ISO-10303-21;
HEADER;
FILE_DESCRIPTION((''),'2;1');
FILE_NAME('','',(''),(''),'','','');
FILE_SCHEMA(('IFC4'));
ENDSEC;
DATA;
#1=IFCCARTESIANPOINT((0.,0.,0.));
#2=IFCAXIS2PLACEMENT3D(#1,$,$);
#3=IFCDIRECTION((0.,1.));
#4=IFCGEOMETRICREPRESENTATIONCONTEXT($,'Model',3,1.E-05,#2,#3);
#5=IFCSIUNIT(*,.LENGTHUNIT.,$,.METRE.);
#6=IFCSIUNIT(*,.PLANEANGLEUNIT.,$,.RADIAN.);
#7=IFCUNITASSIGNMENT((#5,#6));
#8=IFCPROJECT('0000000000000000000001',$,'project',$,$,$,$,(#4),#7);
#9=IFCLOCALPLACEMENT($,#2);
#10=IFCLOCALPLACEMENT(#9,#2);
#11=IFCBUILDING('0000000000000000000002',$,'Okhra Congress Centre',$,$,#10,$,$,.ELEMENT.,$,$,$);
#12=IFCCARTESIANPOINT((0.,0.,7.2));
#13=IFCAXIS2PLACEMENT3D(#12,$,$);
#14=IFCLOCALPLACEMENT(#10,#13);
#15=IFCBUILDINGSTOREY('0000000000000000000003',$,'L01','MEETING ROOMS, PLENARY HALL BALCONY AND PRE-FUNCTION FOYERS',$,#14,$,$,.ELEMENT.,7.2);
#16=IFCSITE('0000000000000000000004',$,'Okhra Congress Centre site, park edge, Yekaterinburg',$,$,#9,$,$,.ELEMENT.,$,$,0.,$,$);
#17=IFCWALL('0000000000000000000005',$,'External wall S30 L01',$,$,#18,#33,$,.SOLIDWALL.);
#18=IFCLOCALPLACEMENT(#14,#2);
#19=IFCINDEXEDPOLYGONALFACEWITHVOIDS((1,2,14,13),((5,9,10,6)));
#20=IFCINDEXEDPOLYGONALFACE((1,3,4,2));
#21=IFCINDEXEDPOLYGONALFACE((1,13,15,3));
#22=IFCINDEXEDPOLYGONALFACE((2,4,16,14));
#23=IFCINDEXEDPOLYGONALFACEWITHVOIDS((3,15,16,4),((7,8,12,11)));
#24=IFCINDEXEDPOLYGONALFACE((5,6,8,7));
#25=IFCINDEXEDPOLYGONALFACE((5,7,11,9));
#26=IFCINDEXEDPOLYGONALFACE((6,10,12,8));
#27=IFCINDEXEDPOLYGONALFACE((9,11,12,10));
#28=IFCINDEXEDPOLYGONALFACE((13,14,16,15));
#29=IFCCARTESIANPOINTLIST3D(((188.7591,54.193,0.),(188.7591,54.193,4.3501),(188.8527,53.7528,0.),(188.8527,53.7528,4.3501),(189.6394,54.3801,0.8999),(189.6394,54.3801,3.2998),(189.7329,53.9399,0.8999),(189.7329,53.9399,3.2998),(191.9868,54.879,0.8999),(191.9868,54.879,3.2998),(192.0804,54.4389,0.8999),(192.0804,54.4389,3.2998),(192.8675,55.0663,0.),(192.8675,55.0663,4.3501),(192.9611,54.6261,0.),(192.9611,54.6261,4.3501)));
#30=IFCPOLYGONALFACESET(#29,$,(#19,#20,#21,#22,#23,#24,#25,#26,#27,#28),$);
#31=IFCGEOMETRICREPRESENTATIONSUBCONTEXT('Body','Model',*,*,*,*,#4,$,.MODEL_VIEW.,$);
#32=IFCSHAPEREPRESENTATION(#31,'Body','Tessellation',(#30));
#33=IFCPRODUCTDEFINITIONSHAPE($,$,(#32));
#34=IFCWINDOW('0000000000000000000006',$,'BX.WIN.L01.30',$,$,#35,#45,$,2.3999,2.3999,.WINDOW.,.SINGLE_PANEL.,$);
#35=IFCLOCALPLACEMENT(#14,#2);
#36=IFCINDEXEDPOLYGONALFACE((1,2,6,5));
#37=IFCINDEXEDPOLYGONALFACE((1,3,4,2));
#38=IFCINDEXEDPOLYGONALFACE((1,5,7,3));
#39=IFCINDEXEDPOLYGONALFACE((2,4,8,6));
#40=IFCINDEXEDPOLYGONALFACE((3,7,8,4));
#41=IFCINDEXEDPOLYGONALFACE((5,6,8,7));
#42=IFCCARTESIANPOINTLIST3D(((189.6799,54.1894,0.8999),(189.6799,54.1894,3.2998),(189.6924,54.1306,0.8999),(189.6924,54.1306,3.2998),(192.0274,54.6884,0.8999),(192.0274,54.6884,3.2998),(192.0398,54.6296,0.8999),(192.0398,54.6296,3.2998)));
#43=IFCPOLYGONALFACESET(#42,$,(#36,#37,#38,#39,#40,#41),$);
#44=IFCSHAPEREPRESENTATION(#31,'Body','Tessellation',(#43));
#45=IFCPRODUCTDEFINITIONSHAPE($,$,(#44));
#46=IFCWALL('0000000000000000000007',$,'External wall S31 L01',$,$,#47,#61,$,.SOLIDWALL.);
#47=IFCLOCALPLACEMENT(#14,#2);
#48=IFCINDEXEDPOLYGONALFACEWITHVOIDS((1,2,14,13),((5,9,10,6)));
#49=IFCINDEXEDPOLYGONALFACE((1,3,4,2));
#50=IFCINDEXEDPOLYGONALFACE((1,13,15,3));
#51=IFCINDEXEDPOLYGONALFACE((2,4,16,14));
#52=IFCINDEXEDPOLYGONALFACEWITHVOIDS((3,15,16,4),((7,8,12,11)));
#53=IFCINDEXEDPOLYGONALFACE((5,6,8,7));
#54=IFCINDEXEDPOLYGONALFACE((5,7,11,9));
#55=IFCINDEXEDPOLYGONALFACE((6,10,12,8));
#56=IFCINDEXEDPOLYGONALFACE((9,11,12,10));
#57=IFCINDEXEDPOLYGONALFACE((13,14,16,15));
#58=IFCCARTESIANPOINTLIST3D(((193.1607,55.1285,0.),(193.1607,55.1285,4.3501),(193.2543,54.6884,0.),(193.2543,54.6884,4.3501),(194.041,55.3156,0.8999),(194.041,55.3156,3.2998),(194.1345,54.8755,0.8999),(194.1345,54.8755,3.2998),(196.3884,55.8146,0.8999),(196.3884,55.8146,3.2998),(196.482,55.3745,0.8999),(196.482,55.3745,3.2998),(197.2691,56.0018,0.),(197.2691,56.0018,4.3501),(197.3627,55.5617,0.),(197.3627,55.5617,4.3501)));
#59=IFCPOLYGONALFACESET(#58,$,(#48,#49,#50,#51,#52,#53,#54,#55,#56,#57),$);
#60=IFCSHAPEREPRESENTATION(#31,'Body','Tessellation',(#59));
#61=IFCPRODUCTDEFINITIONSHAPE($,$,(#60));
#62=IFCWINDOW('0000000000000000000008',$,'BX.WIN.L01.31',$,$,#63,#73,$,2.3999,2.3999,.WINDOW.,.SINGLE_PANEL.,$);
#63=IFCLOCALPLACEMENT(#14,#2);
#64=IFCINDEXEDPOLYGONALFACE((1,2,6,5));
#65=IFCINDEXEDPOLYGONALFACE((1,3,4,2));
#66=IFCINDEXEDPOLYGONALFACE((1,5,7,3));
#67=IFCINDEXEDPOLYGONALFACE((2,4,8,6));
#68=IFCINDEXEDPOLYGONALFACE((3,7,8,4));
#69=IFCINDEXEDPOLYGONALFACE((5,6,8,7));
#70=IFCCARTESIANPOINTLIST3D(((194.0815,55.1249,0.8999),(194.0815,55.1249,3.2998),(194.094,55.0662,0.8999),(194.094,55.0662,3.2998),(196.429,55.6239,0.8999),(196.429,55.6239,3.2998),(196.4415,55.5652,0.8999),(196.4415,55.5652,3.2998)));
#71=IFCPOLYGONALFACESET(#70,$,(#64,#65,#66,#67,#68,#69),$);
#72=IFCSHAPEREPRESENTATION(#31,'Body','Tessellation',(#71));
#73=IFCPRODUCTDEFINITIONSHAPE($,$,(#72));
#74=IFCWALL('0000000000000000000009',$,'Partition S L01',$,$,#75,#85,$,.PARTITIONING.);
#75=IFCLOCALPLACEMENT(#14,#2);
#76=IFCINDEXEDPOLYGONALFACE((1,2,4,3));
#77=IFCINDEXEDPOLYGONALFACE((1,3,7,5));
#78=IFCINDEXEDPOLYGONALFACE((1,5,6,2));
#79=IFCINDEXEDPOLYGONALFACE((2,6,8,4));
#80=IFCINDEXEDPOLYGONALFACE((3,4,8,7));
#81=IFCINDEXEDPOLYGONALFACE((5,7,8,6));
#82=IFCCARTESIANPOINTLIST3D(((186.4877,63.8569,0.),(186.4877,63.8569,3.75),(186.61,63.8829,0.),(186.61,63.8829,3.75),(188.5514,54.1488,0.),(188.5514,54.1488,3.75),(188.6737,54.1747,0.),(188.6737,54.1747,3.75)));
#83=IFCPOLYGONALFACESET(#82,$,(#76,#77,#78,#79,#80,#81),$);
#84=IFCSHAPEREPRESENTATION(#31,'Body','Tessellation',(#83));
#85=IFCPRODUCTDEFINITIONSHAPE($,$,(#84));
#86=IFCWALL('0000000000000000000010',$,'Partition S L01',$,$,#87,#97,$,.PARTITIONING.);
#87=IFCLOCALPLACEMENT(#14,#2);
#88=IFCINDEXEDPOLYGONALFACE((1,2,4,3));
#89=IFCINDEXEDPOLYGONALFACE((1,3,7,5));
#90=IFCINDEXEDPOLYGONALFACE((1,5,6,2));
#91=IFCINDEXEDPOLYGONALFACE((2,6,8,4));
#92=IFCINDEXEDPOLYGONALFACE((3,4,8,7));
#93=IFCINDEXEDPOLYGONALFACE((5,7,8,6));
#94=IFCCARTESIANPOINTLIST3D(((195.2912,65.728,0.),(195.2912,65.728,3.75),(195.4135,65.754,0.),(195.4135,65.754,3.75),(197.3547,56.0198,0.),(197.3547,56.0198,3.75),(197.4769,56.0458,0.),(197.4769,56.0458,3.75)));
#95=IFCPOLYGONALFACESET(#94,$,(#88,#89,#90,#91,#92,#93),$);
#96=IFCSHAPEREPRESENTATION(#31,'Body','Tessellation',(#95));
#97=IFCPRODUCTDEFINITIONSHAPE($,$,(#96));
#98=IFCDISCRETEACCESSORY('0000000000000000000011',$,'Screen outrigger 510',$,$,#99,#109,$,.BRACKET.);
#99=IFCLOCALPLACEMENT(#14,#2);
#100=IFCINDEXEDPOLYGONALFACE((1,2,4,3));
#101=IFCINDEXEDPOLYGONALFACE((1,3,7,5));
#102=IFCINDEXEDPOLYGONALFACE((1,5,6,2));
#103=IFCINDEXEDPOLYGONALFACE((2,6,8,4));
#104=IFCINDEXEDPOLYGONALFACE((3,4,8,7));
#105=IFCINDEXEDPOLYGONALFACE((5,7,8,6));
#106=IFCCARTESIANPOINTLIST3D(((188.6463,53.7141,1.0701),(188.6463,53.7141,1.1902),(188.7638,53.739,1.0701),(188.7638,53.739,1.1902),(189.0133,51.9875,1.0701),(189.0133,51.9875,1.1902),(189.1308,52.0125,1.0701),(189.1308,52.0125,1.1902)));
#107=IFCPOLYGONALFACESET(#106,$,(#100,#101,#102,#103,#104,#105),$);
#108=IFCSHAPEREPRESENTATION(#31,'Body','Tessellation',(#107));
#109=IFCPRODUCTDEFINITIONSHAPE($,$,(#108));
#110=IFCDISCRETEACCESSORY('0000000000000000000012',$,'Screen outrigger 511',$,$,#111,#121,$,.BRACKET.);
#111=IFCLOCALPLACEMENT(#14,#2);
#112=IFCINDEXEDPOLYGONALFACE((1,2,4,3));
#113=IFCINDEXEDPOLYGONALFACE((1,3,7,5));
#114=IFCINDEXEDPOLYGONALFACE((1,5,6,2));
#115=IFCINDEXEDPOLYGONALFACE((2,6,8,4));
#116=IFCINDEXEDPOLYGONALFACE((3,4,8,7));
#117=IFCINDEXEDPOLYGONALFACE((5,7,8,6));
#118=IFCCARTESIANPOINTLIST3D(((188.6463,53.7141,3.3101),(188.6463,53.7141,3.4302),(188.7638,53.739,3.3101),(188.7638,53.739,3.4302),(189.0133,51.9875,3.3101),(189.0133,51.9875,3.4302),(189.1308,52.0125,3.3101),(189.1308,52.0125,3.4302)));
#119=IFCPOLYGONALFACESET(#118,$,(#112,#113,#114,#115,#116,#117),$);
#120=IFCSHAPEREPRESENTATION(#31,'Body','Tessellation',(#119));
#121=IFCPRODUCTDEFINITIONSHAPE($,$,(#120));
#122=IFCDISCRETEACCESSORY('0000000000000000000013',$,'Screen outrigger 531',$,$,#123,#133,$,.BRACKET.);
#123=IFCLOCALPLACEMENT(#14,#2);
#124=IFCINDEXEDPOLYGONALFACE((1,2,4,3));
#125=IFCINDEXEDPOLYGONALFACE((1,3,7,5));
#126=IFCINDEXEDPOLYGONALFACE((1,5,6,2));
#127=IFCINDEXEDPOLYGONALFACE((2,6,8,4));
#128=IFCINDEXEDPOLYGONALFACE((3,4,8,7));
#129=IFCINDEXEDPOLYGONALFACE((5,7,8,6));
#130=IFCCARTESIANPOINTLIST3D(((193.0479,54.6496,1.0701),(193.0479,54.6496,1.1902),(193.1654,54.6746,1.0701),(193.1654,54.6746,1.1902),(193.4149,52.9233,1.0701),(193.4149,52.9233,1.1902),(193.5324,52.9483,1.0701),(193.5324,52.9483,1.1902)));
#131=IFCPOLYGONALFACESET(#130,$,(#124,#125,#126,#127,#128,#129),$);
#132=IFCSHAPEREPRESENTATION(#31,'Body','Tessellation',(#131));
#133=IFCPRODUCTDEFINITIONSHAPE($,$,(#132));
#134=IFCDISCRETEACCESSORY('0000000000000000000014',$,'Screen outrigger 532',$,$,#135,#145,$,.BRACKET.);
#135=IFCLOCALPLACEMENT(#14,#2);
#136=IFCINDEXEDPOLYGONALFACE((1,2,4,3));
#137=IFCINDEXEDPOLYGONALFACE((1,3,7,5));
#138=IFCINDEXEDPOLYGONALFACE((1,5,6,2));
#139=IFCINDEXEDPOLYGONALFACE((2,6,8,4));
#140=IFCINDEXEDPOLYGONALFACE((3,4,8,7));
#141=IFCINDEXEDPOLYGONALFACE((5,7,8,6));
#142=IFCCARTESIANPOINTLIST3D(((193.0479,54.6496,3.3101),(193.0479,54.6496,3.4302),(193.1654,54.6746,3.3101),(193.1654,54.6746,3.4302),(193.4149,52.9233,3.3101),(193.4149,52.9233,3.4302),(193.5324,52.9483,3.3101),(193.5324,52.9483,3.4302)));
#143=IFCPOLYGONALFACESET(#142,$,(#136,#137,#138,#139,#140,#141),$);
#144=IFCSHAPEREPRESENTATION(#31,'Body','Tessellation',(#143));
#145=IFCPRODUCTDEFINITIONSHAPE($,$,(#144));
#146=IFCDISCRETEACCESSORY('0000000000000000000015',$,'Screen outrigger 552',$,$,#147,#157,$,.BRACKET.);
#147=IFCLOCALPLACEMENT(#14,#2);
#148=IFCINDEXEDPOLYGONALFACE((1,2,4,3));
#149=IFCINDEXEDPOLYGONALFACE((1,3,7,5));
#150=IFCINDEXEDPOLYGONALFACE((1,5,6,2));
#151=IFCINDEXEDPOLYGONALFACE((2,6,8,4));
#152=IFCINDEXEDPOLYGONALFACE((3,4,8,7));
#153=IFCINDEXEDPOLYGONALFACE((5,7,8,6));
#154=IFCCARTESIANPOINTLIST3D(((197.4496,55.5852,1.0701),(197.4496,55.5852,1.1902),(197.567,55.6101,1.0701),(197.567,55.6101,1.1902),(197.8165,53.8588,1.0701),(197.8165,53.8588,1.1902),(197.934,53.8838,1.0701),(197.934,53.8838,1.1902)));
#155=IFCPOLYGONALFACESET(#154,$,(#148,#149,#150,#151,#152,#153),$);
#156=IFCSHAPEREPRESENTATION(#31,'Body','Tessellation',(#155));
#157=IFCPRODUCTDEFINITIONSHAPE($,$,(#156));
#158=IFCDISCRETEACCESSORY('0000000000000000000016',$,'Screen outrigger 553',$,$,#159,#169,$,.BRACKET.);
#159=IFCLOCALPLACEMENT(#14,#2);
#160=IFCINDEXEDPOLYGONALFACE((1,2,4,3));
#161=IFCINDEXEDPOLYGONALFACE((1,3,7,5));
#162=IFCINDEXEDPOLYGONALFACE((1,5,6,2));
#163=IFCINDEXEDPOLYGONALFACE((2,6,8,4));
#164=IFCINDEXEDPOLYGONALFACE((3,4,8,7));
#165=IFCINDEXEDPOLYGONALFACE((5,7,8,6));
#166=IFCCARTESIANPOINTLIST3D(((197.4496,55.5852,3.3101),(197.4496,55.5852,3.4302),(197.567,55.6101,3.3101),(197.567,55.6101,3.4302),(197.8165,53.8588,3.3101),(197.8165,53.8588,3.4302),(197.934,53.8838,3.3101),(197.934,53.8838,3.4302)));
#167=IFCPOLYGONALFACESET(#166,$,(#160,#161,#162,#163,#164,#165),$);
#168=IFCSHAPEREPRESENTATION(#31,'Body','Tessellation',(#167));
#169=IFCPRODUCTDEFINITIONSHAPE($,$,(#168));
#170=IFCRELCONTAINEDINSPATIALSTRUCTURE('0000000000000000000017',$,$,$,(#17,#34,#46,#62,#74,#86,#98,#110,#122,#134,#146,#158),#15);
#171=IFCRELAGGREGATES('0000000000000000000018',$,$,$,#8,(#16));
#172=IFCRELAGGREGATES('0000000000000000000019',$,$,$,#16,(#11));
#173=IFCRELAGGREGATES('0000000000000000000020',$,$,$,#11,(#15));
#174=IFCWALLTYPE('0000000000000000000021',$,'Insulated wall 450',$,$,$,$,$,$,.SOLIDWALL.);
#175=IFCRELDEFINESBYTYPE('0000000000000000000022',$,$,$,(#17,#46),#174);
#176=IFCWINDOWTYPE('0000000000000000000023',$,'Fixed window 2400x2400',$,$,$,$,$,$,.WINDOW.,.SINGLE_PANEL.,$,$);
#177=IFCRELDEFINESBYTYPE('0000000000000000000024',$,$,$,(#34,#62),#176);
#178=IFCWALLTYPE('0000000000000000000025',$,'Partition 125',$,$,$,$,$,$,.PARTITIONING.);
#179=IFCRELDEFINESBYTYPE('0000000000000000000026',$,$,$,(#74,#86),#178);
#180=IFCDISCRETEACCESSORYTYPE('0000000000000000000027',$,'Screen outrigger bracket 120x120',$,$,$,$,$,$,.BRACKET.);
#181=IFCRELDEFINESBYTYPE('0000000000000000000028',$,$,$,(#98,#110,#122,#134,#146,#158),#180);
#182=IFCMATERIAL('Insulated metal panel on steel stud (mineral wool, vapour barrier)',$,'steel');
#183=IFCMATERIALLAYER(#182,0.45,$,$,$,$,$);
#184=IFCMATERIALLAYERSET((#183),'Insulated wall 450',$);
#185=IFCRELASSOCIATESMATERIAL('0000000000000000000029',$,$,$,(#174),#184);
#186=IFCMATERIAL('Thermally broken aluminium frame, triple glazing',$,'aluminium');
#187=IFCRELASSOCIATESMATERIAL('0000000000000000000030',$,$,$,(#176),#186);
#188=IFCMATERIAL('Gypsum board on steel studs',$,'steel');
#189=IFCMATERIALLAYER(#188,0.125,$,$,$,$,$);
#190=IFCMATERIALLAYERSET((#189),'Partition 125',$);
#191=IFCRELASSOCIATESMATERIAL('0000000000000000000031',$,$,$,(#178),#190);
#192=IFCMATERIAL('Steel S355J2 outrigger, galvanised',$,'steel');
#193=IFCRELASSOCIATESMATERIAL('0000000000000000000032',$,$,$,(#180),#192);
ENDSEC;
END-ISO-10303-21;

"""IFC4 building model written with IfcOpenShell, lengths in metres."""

from ifc_helpers import new_model, si_unit, direction, frame, frame_2d, origin, origin_2d, place, context, subcontext, project, spatial, rectangle, extrude, material, layer, layer_set, material_profile, profile_set, type_object, element, fill, save


model = new_model("IFC4")

# Units and contexts
model_context = context("Model", 3, precision=1e-05, world=origin(), true_north=direction((0.0, 1.0)))
body_context = subcontext(model_context, "Body", "Model", "MODEL_VIEW")
ifc_project = project(units=[si_unit("LENGTHUNIT", "METRE"), si_unit("PLANEANGLEUNIT", "RADIAN")], contexts=[model_context])

# Site, building, storey
site_placement = place(None, origin())
site = spatial("IfcSite", under=ifc_project, at=site_placement, Name="Okhra Congress Centre site, park edge, Yekaterinburg", CompositionType="ELEMENT", RefElevation=0.0)
building_placement = place(site_placement, origin())
building = spatial("IfcBuilding", under=site, at=building_placement, Name="Okhra Congress Centre", CompositionType="ELEMENT")
storey_placement = place(building_placement, frame((0.0, 0.0, 7.2)))
storey = spatial("IfcBuildingStorey", under=building, at=storey_placement, Name="L01", Description="MEETING ROOMS, PLENARY HALL BALCONY AND PRE-FUNCTION FOYERS", CompositionType="ELEMENT", Elevation=7.2)

# Walls, openings, windows
ifc_material_1 = material(Name="Insulated metal panel on steel stud (mineral wool, vapour barrier)", Category="steel")
ifc_layer_1 = layer(ifc_material_1, 0.45)
ifc_layer_set_1 = layer_set([ifc_layer_1], Name="Insulated wall 450")
wall_type_1 = type_object("IfcWallType", Name="Insulated wall 450", PredefinedType="SOLIDWALL", material=ifc_layer_set_1)
wall_1_placement = place(storey_placement, frame((188.8059, 53.9729, 0.0), z_axis=(0.0, 0.0, 1.0), x_axis=(0.978146, 0.207917, 0.0)))
wall_1 = element("IfcWall", 1, at=wall_1_placement, inside=storey, type_object=wall_type_1, Name="External wall S30 L01", PredefinedType="SOLIDWALL", context=body_context, shape_type="SweptSolid", body=[
    extrude(rectangle(XDim=4.2002, YDim=0.45, at=frame_2d((2.1001, 0.0))), origin(), (0.0, 0.0, 1.0), 4.3501),
])
opening_1_placement = place(wall_1_placement, frame((0.8999, 0.0, 0.8999)))
opening_1 = element("IfcOpeningElement", 2, at=opening_1_placement, cuts=wall_1, PredefinedType="OPENING", context=body_context, shape_type="SweptSolid", body=[
    extrude(rectangle(XDim=2.3999, YDim=2.3999, at=frame_2d((1.2, 1.2))), frame((0.0, 0.2349, 0.0), z_axis=(0.0, -1.0, 0.0), x_axis=(1.0, 0.0, 0.0)), (0.0, 0.0, 1.0), 0.47),
])
ifc_material_2 = material(Name="Thermally broken aluminium frame, triple glazing", Category="aluminium")
window_type = type_object("IfcWindowType", Name="Fixed window 2400x2400", PartitioningType="SINGLE_PANEL", PredefinedType="WINDOW", material=ifc_material_2)
window_1_placement = place(opening_1_placement, origin())
window_1 = element("IfcWindow", 3, at=window_1_placement, inside=storey, type_object=window_type, Name="BX.WIN.L01.30", OverallHeight=2.3999, OverallWidth=2.3999, PartitioningType="SINGLE_PANEL", PredefinedType="WINDOW", context=body_context, shape_type="SweptSolid", body=[
    extrude(rectangle(XDim=2.3999, YDim=2.3999, at=frame_2d((1.2, 1.2))), frame((0.0, 0.03, 0.0), z_axis=(0.0, -1.0, 0.0), x_axis=(1.0, 0.0, 0.0)), (0.0, 0.0, 1.0), 0.0601),
])
fill(opening_1, window_1)
wall_2_placement = place(storey_placement, frame((193.2075, 54.9084, 0.0), z_axis=(0.0, 0.0, 1.0), x_axis=(0.978146, 0.207917, 0.0)))
wall_2 = element("IfcWall", 4, at=wall_2_placement, inside=storey, type_object=wall_type_1, Name="External wall S31 L01", PredefinedType="SOLIDWALL", context=body_context, shape_type="SweptSolid", body=[
    extrude(rectangle(XDim=4.2002, YDim=0.45, at=frame_2d((2.1001, 0.0))), origin(), (0.0, 0.0, 1.0), 4.3501),
])
opening_2_placement = place(wall_2_placement, frame((0.8999, 0.0, 0.8999)))
opening_2 = element("IfcOpeningElement", 5, at=opening_2_placement, cuts=wall_2, PredefinedType="OPENING", context=body_context, shape_type="SweptSolid", body=[
    extrude(rectangle(XDim=2.3999, YDim=2.3999, at=frame_2d((1.2, 1.2))), frame((0.0, 0.2349, 0.0), z_axis=(0.0, -1.0, 0.0), x_axis=(1.0, 0.0, 0.0)), (0.0, 0.0, 1.0), 0.47),
])
window_2_placement = place(opening_2_placement, origin())
window_2 = element("IfcWindow", 6, at=window_2_placement, inside=storey, type_object=window_type, Name="BX.WIN.L01.31", OverallHeight=2.3999, OverallWidth=2.3999, PartitioningType="SINGLE_PANEL", PredefinedType="WINDOW", context=body_context, shape_type="SweptSolid", body=[
    extrude(rectangle(XDim=2.3999, YDim=2.3999, at=frame_2d((1.2, 1.2))), frame((0.0, 0.03, 0.0), z_axis=(0.0, -1.0, 0.0), x_axis=(1.0, 0.0, 0.0)), (0.0, 0.0, 1.0), 0.0601),
])
fill(opening_2, window_2)

# Walls
ifc_material_3 = material(Name="Gypsum board on steel studs", Category="steel")
ifc_layer_2 = layer(ifc_material_3, 0.125)
ifc_layer_set_2 = layer_set([ifc_layer_2], Name="Partition 125")
wall_type_2 = type_object("IfcWallType", Name="Partition 125", PredefinedType="PARTITIONING", material=ifc_layer_set_2)
for number, where, z_axis, x_axis, name in (
    (7, (188.6125, 54.1619, 0.0), (0.0, 0.0, 1.0), (-0.207933, 0.978143, 0.0), "Partition S L01"),
    (8, (197.4158, 56.033, 0.0), (0.0, 0.0, 1.0), (-0.207904, 0.978149, 0.0), "Partition S L01"),
):
    element("IfcWall", number, at=place(storey_placement, frame(where, z_axis=z_axis, x_axis=x_axis)), inside=storey, type_object=wall_type_2, Name=name, PredefinedType="PARTITIONING", context=body_context, shape_type="SweptSolid", body=[
        extrude(rectangle(XDim=9.925, YDim=0.125, at=frame_2d((4.9624, 0.0))), origin(), (0.0, 0.0, 1.0), 3.75),
    ])

# Discrete accessories
ifc_material_4 = material(Name="Steel S355J2 outrigger, galvanised", Category="steel")
ifc_material_profile_1 = material_profile(ifc_material_4, rectangle(XDim=0.1201, YDim=0.1201, at=origin_2d()), Name="Screen outrigger bracket 120x120")
ifc_profile_set_1 = profile_set([ifc_material_profile_1], Name="Steel S355J2 outrigger, galvanised")
discrete_accessory_type = type_object("IfcDiscreteAccessoryType", Name="Screen outrigger bracket 120x120", PredefinedType="BRACKET", material=ifc_profile_set_1)
for number, where, z_axis, x_axis, name in (
    (9, (188.7051, 53.7266, 1.1301), (0.207885, -0.978153, 0.0), (0.978153, 0.207885, 0.0), "Screen outrigger 510"),
    (10, (188.7051, 53.7266, 3.3701), (0.207885, -0.978153, 0.0), (0.978153, 0.207885, 0.0), "Screen outrigger 511"),
):
    element("IfcDiscreteAccessory", number, at=place(storey_placement, frame(where, z_axis=z_axis, x_axis=x_axis)), inside=storey, type_object=discrete_accessory_type, Name=name, PredefinedType="BRACKET", context=body_context, shape_type="SweptSolid", body=[
        extrude(rectangle(XDim=0.1201, YDim=0.1201, at=origin_2d()), origin(), (0.0, 0.0, 1.0), 1.7651),
    ])
for number, where, z_axis, x_axis, name in (
    (11, (193.1067, 54.6621, 1.1301), (0.207913, -0.978147, 0.0), (0.978147, 0.207913, 0.0), "Screen outrigger 531"),
    (12, (193.1067, 54.6621, 3.3701), (0.207913, -0.978147, 0.0), (0.978147, 0.207913, 0.0), "Screen outrigger 532"),
    (13, (197.5083, 55.5977, 1.1301), (0.207913, -0.978147, 0.0), (0.978147, 0.207913, 0.0), "Screen outrigger 552"),
    (14, (197.5083, 55.5977, 3.3701), (0.207913, -0.978147, 0.0), (0.978147, 0.207913, 0.0), "Screen outrigger 553"),
):
    element("IfcDiscreteAccessory", number, at=place(storey_placement, frame(where, z_axis=z_axis, x_axis=x_axis)), inside=storey, type_object=discrete_accessory_type, Name=name, PredefinedType="BRACKET", context=body_context, shape_type="SweptSolid", body=[
        extrude(rectangle(XDim=0.1201, YDim=0.1201, at=origin_2d()), origin(), (0.0, 0.0, 1.0), 1.7649),
    ])

save(model, "model.ifc")
